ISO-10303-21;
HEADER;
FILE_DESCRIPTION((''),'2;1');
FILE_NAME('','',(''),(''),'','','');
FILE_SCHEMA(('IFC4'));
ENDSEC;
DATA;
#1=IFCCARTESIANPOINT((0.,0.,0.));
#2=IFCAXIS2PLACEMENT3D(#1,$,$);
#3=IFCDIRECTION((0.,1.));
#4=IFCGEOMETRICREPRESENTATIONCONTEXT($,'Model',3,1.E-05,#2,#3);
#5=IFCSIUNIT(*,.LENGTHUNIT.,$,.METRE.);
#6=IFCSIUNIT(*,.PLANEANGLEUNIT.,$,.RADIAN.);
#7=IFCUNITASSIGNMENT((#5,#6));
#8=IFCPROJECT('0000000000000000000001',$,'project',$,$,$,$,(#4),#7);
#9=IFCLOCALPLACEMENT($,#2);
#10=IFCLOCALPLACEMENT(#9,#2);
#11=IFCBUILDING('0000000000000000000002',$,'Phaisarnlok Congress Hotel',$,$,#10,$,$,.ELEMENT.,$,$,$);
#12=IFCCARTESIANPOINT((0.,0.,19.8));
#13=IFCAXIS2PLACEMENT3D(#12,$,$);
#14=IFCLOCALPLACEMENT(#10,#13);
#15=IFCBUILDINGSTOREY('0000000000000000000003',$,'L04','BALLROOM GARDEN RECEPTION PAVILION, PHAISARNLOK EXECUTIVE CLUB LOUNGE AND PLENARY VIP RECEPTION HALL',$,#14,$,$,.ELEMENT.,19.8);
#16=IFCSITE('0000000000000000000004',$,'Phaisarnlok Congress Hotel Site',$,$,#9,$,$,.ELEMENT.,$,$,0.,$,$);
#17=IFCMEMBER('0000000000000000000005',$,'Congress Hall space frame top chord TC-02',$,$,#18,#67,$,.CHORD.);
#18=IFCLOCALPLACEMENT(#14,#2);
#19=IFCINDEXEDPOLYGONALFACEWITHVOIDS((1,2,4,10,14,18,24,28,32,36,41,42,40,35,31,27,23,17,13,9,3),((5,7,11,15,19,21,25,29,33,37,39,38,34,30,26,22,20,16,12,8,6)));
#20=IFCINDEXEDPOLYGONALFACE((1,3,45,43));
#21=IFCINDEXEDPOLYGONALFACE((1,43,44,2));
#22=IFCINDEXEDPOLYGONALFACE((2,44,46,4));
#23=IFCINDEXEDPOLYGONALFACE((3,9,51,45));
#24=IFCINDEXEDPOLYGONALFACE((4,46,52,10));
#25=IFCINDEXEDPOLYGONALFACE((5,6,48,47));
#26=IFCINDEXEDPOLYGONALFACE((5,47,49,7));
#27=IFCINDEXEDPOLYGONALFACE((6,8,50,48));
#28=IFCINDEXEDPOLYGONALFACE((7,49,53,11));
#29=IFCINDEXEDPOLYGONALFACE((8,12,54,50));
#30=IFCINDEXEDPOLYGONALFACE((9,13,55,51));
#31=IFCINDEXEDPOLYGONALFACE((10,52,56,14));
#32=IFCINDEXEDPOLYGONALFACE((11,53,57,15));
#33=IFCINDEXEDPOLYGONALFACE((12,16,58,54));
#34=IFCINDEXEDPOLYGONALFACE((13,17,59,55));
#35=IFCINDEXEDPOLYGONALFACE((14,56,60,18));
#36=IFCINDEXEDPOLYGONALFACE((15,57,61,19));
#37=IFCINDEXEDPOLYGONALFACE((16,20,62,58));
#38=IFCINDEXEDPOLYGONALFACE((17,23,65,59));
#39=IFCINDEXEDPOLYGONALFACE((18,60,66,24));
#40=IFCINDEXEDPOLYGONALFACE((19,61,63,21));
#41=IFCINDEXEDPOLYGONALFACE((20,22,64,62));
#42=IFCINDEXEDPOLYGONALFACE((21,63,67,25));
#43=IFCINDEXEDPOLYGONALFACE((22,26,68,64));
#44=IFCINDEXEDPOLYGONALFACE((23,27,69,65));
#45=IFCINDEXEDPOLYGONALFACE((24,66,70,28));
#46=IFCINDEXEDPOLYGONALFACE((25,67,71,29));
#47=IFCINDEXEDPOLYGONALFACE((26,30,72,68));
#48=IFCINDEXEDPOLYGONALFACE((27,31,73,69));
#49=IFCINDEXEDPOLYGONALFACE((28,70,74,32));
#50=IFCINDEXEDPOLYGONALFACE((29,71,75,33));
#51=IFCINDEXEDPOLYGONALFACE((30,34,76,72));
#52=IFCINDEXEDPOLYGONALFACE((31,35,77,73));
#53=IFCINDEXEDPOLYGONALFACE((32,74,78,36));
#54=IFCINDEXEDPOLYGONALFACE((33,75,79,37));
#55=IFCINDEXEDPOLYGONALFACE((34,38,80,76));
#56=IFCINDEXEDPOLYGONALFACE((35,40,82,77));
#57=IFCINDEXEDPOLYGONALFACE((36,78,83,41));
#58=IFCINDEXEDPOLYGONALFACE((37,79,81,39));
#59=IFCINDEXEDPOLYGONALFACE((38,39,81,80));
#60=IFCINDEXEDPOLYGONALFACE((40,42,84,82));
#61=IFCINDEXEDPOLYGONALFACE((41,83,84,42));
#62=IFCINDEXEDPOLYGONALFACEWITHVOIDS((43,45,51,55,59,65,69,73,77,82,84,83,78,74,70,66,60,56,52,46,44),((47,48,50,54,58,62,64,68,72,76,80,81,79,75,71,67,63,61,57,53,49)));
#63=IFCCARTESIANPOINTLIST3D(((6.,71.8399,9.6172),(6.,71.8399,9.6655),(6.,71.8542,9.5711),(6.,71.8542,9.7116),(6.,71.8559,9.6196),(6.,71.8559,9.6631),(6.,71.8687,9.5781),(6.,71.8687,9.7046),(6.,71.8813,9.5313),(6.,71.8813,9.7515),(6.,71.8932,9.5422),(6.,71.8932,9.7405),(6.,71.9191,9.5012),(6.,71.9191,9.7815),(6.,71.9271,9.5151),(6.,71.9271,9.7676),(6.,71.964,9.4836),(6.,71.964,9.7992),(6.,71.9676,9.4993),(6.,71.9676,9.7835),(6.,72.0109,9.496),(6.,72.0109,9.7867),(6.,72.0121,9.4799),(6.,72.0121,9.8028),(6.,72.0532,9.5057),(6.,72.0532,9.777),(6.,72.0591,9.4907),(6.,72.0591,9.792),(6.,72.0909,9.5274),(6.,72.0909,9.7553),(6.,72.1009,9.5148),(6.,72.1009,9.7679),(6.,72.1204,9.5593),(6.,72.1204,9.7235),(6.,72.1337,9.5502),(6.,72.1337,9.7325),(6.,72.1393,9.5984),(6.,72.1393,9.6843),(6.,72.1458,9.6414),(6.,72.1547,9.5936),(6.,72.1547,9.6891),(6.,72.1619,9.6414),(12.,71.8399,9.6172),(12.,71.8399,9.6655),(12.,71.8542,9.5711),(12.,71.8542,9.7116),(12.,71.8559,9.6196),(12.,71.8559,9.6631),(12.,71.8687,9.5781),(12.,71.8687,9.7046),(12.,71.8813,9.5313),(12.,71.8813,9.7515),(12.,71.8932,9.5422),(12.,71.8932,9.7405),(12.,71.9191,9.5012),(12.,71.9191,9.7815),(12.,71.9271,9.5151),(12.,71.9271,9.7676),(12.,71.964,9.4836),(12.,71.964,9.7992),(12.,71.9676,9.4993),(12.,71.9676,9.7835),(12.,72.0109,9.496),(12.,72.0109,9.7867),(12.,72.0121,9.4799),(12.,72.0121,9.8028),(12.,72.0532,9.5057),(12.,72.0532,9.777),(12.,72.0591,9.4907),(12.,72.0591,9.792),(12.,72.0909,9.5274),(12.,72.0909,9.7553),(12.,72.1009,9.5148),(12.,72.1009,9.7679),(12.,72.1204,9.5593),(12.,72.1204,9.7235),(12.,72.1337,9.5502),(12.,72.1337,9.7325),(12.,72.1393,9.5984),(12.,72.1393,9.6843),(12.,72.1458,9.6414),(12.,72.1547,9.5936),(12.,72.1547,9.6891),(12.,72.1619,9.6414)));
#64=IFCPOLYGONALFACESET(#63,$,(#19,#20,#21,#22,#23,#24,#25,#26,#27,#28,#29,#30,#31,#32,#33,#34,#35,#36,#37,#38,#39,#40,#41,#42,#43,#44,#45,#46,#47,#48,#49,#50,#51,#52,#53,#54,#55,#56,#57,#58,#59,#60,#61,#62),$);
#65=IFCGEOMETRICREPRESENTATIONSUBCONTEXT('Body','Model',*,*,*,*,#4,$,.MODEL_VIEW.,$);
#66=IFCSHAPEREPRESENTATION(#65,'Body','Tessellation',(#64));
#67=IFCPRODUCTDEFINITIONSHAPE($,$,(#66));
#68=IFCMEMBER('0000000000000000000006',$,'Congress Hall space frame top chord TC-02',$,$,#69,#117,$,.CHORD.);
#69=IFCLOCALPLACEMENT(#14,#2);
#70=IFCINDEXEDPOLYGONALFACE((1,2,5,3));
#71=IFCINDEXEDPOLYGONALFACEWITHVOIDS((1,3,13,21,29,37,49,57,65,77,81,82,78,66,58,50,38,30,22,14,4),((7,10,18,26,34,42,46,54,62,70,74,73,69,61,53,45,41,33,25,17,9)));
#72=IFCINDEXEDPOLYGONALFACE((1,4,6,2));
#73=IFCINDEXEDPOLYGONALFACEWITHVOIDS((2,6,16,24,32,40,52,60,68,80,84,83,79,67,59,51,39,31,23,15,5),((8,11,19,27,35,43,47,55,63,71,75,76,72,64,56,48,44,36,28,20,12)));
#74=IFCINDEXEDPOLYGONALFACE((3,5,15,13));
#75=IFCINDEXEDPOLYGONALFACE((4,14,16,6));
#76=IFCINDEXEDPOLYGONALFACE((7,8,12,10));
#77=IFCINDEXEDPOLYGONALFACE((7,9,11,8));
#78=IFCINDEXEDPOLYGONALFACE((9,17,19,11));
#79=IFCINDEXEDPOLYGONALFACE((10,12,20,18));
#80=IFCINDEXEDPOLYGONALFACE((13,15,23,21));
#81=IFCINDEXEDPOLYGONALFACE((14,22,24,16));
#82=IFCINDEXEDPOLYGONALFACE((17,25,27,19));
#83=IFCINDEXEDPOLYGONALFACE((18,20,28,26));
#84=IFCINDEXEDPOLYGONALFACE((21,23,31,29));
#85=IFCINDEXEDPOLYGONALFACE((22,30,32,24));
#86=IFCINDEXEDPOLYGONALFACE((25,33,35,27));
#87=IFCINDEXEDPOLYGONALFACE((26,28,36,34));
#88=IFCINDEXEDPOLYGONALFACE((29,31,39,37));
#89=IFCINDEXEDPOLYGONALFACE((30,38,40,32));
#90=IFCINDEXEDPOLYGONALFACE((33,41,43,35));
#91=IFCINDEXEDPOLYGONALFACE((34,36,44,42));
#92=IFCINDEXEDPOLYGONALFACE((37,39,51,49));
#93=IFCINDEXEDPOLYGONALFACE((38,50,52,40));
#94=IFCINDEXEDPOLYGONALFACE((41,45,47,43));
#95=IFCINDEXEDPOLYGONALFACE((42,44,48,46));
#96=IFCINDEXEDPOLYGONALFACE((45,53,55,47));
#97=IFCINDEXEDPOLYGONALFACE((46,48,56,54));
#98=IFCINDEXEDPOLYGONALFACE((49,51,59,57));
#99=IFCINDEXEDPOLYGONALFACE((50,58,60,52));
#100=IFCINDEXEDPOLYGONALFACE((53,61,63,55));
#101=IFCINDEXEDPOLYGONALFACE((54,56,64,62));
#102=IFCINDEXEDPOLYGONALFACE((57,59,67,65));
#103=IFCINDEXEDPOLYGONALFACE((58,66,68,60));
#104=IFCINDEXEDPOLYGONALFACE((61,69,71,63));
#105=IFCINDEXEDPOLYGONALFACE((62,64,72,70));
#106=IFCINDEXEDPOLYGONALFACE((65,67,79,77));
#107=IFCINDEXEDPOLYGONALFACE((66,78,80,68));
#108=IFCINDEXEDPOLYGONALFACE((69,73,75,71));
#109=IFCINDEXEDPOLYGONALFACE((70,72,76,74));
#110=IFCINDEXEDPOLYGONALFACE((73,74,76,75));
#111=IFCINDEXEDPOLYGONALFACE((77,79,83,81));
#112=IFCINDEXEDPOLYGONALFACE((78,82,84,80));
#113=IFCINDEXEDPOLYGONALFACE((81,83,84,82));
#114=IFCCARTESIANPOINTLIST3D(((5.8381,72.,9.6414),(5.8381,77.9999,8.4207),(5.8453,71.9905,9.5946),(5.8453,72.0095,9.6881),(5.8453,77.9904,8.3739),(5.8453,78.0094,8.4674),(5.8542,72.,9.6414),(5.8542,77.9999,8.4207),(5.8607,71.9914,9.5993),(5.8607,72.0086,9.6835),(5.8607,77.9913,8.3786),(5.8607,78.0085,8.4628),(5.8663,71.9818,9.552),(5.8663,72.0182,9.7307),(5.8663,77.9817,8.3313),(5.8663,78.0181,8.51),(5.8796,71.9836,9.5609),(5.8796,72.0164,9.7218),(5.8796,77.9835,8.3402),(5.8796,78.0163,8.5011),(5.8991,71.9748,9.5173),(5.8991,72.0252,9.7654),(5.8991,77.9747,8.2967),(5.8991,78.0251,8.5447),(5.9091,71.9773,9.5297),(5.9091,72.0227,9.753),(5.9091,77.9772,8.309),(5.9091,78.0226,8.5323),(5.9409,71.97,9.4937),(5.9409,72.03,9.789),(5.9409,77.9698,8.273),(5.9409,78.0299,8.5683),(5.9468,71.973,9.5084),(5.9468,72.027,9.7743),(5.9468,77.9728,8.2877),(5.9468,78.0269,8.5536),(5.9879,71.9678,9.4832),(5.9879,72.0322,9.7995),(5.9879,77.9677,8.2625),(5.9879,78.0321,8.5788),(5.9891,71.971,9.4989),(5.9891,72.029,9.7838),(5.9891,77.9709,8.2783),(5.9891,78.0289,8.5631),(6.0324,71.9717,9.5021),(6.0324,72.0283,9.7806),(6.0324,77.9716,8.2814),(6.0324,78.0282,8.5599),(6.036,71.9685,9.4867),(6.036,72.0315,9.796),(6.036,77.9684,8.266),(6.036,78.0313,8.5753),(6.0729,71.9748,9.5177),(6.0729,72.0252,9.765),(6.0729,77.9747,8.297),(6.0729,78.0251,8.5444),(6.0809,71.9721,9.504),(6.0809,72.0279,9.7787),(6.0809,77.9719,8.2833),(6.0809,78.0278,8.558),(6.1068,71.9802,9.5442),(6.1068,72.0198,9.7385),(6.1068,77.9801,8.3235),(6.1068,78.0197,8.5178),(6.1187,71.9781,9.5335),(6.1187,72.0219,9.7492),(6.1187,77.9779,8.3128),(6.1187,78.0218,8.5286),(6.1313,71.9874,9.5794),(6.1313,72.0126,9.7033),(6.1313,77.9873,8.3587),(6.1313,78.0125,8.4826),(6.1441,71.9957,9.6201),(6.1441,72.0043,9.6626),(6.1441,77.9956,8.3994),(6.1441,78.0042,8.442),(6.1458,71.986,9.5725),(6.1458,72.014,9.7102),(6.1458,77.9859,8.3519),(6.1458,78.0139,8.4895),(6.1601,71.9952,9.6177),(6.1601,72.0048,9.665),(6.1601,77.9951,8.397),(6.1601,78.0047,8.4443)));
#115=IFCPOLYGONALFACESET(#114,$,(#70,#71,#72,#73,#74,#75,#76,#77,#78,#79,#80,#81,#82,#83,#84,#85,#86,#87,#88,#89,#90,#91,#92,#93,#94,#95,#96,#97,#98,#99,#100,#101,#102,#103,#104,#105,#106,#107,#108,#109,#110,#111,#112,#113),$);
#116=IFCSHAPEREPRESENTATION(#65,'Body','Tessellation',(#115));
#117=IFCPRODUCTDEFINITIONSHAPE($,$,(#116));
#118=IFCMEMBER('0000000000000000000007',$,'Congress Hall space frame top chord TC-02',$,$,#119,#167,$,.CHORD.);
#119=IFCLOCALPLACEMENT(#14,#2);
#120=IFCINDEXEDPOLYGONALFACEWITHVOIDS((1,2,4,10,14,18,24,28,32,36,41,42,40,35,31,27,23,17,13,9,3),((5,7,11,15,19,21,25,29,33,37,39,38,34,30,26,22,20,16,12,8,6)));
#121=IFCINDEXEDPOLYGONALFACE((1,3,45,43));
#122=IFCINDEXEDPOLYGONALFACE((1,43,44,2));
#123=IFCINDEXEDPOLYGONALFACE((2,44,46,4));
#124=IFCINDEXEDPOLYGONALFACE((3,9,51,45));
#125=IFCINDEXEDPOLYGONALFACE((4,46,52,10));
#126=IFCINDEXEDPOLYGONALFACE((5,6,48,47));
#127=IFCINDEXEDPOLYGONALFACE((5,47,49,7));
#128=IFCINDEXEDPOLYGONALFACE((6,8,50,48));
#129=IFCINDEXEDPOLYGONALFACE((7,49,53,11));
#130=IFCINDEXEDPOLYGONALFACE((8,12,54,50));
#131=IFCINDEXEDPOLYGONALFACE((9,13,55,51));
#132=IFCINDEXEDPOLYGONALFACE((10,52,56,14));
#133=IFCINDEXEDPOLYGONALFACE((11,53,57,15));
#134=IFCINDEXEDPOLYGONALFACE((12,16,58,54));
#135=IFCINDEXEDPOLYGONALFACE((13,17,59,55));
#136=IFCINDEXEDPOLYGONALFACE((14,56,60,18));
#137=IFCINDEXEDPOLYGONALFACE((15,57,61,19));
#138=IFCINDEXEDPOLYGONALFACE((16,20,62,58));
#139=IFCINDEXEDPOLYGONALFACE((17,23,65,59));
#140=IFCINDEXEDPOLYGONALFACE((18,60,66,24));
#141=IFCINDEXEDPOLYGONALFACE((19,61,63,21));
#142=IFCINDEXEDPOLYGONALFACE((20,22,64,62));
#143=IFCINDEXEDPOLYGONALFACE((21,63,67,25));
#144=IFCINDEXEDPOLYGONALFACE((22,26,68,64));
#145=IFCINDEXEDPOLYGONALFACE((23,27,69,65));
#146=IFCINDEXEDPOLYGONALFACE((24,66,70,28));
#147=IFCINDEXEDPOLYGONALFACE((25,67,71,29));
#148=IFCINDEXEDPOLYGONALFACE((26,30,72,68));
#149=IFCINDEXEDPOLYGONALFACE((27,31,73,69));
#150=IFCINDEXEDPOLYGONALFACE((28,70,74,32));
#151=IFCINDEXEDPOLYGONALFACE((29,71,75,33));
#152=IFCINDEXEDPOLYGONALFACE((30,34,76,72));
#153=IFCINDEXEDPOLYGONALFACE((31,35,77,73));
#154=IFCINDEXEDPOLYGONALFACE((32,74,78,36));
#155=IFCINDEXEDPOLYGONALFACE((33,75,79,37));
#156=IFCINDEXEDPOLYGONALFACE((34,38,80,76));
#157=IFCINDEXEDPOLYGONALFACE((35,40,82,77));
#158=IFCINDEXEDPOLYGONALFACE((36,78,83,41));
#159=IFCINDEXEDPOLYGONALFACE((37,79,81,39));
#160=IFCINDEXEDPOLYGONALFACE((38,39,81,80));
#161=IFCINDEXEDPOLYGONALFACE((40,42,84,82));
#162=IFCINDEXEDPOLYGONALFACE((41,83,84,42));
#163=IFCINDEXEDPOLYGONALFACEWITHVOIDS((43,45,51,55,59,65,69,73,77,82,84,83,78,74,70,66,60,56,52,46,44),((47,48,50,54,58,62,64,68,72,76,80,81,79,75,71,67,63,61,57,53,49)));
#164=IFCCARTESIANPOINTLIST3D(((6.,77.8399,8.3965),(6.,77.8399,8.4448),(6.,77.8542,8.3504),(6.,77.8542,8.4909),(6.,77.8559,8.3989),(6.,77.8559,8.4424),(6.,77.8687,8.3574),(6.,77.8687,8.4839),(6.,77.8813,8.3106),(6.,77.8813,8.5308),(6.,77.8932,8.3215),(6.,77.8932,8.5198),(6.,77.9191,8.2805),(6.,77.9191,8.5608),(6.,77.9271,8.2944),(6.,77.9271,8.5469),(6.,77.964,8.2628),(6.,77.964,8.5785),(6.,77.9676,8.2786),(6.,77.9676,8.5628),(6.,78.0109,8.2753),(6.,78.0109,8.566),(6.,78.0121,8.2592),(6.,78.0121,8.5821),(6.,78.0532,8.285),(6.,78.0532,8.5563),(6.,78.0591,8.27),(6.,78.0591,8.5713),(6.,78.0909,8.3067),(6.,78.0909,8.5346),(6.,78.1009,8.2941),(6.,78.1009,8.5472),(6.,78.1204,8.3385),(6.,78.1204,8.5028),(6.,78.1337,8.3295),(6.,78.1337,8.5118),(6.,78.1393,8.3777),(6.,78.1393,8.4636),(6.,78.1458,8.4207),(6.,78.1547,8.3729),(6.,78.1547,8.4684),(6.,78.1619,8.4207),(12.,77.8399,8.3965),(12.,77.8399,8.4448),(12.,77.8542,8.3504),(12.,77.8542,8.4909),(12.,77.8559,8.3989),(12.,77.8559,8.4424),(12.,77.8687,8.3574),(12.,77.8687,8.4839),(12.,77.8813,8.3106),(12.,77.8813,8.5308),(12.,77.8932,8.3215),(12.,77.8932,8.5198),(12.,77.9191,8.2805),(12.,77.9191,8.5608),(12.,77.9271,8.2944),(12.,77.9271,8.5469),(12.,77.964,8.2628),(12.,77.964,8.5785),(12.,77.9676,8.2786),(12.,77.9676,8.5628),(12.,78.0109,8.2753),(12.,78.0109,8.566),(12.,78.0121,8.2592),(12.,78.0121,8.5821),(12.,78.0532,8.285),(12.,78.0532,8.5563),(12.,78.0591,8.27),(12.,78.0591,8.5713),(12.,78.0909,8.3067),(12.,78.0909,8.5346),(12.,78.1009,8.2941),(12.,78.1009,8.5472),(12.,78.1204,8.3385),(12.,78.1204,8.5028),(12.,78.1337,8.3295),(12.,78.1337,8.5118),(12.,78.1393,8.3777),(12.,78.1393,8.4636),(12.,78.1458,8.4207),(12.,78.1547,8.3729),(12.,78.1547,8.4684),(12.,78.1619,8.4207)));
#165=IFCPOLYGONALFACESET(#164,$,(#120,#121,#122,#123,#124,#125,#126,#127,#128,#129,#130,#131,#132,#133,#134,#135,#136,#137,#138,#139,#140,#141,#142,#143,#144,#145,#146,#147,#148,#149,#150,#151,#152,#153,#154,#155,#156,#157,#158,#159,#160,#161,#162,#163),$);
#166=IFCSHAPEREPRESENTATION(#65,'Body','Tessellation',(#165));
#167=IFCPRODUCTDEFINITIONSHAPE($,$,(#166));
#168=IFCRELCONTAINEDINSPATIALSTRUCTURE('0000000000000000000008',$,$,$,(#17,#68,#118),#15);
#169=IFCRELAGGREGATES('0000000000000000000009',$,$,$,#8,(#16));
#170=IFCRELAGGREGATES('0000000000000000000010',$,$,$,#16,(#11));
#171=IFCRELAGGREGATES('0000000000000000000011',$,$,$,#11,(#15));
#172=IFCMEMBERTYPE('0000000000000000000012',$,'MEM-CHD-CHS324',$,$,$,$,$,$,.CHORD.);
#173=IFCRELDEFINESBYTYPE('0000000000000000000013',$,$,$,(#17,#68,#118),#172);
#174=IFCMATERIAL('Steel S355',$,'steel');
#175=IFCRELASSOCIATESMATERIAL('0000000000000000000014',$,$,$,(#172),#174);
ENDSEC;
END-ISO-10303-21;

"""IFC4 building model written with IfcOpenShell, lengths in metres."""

from ifc_helpers import new_model, si_unit, direction, frame, origin, origin_2d, place, context, subcontext, project, spatial, hollow_circle, extrude, material, material_profile, profile_set, type_object, element, save


model = new_model("IFC4")

# Units and contexts
model_context = context("Model", 3, precision=1e-05, world=origin(), true_north=direction((0.0, 1.0)))
body_context = subcontext(model_context, "Body", "Model", "MODEL_VIEW")
ifc_project = project(units=[si_unit("LENGTHUNIT", "METRE"), si_unit("PLANEANGLEUNIT", "RADIAN")], contexts=[model_context])

# Site, building, storey
site_placement = place(None, origin())
site = spatial("IfcSite", under=ifc_project, at=site_placement, Name="Phaisarnlok Congress Hotel Site", CompositionType="ELEMENT", RefElevation=0.0)
building_placement = place(site_placement, origin())
building = spatial("IfcBuilding", under=site, at=building_placement, Name="Phaisarnlok Congress Hotel", CompositionType="ELEMENT")
storey_placement = place(building_placement, frame((0.0, 0.0, 19.8)))
storey = spatial("IfcBuildingStorey", under=building, at=storey_placement, Name="L04", Description="BALLROOM GARDEN RECEPTION PAVILION, PHAISARNLOK EXECUTIVE CLUB LOUNGE AND PLENARY VIP RECEPTION HALL", CompositionType="ELEMENT", Elevation=19.8)

# Members
ifc_material = material(Name="Steel S355", Category="steel")
ifc_material_profile_1 = material_profile(ifc_material, hollow_circle(Radius=0.1619, WallThickness=0.0161, at=origin_2d()), Name="CHS 323.9x16")
ifc_profile_set_1 = profile_set([ifc_material_profile_1], Name="Steel S355")
member_type_1 = type_object("IfcMemberType", Name="MEM-CHD-CHS324", PredefinedType="CHORD", material=ifc_profile_set_1)
member_1_placement = place(storey_placement, frame((6.0, 72.0, 9.6414), z_axis=(1.0, 0.0, 0.0), x_axis=(0.0, 1.0, 0.0)))
element("IfcMember", 1, at=member_1_placement, inside=storey, type_object=member_type_1, Name="Congress Hall space frame top chord TC-02", PredefinedType="CHORD", context=body_context, shape_type="SweptSolid", body=[
    extrude(hollow_circle(Radius=0.1619, WallThickness=0.0161, at=origin_2d()), origin(), (0.0, 0.0, 1.0), 6.0),
])
member_2_placement = place(storey_placement, frame((6.0, 72.0, 9.6414), z_axis=(0.0, 0.979925, -0.199366), x_axis=(-1.0, 0.0, 0.0)))
element("IfcMember", 2, at=member_2_placement, inside=storey, type_object=member_type_1, Name="Congress Hall space frame top chord TC-02", PredefinedType="CHORD", context=body_context, shape_type="SweptSolid", body=[
    extrude(hollow_circle(Radius=0.1619, WallThickness=0.0161, at=origin_2d()), origin(), (0.0, 0.0, 1.0), 6.1228),
])
member_3_placement = place(storey_placement, frame((6.0, 78.0, 8.4207), z_axis=(1.0, 0.0, 0.0), x_axis=(0.0, 1.0, 0.0)))
element("IfcMember", 3, at=member_3_placement, inside=storey, type_object=member_type_1, Name="Congress Hall space frame top chord TC-02", PredefinedType="CHORD", context=body_context, shape_type="SweptSolid", body=[
    extrude(hollow_circle(Radius=0.1619, WallThickness=0.0161, at=origin_2d()), origin(), (0.0, 0.0, 1.0), 6.0),
])

save(model, "model.ifc")
